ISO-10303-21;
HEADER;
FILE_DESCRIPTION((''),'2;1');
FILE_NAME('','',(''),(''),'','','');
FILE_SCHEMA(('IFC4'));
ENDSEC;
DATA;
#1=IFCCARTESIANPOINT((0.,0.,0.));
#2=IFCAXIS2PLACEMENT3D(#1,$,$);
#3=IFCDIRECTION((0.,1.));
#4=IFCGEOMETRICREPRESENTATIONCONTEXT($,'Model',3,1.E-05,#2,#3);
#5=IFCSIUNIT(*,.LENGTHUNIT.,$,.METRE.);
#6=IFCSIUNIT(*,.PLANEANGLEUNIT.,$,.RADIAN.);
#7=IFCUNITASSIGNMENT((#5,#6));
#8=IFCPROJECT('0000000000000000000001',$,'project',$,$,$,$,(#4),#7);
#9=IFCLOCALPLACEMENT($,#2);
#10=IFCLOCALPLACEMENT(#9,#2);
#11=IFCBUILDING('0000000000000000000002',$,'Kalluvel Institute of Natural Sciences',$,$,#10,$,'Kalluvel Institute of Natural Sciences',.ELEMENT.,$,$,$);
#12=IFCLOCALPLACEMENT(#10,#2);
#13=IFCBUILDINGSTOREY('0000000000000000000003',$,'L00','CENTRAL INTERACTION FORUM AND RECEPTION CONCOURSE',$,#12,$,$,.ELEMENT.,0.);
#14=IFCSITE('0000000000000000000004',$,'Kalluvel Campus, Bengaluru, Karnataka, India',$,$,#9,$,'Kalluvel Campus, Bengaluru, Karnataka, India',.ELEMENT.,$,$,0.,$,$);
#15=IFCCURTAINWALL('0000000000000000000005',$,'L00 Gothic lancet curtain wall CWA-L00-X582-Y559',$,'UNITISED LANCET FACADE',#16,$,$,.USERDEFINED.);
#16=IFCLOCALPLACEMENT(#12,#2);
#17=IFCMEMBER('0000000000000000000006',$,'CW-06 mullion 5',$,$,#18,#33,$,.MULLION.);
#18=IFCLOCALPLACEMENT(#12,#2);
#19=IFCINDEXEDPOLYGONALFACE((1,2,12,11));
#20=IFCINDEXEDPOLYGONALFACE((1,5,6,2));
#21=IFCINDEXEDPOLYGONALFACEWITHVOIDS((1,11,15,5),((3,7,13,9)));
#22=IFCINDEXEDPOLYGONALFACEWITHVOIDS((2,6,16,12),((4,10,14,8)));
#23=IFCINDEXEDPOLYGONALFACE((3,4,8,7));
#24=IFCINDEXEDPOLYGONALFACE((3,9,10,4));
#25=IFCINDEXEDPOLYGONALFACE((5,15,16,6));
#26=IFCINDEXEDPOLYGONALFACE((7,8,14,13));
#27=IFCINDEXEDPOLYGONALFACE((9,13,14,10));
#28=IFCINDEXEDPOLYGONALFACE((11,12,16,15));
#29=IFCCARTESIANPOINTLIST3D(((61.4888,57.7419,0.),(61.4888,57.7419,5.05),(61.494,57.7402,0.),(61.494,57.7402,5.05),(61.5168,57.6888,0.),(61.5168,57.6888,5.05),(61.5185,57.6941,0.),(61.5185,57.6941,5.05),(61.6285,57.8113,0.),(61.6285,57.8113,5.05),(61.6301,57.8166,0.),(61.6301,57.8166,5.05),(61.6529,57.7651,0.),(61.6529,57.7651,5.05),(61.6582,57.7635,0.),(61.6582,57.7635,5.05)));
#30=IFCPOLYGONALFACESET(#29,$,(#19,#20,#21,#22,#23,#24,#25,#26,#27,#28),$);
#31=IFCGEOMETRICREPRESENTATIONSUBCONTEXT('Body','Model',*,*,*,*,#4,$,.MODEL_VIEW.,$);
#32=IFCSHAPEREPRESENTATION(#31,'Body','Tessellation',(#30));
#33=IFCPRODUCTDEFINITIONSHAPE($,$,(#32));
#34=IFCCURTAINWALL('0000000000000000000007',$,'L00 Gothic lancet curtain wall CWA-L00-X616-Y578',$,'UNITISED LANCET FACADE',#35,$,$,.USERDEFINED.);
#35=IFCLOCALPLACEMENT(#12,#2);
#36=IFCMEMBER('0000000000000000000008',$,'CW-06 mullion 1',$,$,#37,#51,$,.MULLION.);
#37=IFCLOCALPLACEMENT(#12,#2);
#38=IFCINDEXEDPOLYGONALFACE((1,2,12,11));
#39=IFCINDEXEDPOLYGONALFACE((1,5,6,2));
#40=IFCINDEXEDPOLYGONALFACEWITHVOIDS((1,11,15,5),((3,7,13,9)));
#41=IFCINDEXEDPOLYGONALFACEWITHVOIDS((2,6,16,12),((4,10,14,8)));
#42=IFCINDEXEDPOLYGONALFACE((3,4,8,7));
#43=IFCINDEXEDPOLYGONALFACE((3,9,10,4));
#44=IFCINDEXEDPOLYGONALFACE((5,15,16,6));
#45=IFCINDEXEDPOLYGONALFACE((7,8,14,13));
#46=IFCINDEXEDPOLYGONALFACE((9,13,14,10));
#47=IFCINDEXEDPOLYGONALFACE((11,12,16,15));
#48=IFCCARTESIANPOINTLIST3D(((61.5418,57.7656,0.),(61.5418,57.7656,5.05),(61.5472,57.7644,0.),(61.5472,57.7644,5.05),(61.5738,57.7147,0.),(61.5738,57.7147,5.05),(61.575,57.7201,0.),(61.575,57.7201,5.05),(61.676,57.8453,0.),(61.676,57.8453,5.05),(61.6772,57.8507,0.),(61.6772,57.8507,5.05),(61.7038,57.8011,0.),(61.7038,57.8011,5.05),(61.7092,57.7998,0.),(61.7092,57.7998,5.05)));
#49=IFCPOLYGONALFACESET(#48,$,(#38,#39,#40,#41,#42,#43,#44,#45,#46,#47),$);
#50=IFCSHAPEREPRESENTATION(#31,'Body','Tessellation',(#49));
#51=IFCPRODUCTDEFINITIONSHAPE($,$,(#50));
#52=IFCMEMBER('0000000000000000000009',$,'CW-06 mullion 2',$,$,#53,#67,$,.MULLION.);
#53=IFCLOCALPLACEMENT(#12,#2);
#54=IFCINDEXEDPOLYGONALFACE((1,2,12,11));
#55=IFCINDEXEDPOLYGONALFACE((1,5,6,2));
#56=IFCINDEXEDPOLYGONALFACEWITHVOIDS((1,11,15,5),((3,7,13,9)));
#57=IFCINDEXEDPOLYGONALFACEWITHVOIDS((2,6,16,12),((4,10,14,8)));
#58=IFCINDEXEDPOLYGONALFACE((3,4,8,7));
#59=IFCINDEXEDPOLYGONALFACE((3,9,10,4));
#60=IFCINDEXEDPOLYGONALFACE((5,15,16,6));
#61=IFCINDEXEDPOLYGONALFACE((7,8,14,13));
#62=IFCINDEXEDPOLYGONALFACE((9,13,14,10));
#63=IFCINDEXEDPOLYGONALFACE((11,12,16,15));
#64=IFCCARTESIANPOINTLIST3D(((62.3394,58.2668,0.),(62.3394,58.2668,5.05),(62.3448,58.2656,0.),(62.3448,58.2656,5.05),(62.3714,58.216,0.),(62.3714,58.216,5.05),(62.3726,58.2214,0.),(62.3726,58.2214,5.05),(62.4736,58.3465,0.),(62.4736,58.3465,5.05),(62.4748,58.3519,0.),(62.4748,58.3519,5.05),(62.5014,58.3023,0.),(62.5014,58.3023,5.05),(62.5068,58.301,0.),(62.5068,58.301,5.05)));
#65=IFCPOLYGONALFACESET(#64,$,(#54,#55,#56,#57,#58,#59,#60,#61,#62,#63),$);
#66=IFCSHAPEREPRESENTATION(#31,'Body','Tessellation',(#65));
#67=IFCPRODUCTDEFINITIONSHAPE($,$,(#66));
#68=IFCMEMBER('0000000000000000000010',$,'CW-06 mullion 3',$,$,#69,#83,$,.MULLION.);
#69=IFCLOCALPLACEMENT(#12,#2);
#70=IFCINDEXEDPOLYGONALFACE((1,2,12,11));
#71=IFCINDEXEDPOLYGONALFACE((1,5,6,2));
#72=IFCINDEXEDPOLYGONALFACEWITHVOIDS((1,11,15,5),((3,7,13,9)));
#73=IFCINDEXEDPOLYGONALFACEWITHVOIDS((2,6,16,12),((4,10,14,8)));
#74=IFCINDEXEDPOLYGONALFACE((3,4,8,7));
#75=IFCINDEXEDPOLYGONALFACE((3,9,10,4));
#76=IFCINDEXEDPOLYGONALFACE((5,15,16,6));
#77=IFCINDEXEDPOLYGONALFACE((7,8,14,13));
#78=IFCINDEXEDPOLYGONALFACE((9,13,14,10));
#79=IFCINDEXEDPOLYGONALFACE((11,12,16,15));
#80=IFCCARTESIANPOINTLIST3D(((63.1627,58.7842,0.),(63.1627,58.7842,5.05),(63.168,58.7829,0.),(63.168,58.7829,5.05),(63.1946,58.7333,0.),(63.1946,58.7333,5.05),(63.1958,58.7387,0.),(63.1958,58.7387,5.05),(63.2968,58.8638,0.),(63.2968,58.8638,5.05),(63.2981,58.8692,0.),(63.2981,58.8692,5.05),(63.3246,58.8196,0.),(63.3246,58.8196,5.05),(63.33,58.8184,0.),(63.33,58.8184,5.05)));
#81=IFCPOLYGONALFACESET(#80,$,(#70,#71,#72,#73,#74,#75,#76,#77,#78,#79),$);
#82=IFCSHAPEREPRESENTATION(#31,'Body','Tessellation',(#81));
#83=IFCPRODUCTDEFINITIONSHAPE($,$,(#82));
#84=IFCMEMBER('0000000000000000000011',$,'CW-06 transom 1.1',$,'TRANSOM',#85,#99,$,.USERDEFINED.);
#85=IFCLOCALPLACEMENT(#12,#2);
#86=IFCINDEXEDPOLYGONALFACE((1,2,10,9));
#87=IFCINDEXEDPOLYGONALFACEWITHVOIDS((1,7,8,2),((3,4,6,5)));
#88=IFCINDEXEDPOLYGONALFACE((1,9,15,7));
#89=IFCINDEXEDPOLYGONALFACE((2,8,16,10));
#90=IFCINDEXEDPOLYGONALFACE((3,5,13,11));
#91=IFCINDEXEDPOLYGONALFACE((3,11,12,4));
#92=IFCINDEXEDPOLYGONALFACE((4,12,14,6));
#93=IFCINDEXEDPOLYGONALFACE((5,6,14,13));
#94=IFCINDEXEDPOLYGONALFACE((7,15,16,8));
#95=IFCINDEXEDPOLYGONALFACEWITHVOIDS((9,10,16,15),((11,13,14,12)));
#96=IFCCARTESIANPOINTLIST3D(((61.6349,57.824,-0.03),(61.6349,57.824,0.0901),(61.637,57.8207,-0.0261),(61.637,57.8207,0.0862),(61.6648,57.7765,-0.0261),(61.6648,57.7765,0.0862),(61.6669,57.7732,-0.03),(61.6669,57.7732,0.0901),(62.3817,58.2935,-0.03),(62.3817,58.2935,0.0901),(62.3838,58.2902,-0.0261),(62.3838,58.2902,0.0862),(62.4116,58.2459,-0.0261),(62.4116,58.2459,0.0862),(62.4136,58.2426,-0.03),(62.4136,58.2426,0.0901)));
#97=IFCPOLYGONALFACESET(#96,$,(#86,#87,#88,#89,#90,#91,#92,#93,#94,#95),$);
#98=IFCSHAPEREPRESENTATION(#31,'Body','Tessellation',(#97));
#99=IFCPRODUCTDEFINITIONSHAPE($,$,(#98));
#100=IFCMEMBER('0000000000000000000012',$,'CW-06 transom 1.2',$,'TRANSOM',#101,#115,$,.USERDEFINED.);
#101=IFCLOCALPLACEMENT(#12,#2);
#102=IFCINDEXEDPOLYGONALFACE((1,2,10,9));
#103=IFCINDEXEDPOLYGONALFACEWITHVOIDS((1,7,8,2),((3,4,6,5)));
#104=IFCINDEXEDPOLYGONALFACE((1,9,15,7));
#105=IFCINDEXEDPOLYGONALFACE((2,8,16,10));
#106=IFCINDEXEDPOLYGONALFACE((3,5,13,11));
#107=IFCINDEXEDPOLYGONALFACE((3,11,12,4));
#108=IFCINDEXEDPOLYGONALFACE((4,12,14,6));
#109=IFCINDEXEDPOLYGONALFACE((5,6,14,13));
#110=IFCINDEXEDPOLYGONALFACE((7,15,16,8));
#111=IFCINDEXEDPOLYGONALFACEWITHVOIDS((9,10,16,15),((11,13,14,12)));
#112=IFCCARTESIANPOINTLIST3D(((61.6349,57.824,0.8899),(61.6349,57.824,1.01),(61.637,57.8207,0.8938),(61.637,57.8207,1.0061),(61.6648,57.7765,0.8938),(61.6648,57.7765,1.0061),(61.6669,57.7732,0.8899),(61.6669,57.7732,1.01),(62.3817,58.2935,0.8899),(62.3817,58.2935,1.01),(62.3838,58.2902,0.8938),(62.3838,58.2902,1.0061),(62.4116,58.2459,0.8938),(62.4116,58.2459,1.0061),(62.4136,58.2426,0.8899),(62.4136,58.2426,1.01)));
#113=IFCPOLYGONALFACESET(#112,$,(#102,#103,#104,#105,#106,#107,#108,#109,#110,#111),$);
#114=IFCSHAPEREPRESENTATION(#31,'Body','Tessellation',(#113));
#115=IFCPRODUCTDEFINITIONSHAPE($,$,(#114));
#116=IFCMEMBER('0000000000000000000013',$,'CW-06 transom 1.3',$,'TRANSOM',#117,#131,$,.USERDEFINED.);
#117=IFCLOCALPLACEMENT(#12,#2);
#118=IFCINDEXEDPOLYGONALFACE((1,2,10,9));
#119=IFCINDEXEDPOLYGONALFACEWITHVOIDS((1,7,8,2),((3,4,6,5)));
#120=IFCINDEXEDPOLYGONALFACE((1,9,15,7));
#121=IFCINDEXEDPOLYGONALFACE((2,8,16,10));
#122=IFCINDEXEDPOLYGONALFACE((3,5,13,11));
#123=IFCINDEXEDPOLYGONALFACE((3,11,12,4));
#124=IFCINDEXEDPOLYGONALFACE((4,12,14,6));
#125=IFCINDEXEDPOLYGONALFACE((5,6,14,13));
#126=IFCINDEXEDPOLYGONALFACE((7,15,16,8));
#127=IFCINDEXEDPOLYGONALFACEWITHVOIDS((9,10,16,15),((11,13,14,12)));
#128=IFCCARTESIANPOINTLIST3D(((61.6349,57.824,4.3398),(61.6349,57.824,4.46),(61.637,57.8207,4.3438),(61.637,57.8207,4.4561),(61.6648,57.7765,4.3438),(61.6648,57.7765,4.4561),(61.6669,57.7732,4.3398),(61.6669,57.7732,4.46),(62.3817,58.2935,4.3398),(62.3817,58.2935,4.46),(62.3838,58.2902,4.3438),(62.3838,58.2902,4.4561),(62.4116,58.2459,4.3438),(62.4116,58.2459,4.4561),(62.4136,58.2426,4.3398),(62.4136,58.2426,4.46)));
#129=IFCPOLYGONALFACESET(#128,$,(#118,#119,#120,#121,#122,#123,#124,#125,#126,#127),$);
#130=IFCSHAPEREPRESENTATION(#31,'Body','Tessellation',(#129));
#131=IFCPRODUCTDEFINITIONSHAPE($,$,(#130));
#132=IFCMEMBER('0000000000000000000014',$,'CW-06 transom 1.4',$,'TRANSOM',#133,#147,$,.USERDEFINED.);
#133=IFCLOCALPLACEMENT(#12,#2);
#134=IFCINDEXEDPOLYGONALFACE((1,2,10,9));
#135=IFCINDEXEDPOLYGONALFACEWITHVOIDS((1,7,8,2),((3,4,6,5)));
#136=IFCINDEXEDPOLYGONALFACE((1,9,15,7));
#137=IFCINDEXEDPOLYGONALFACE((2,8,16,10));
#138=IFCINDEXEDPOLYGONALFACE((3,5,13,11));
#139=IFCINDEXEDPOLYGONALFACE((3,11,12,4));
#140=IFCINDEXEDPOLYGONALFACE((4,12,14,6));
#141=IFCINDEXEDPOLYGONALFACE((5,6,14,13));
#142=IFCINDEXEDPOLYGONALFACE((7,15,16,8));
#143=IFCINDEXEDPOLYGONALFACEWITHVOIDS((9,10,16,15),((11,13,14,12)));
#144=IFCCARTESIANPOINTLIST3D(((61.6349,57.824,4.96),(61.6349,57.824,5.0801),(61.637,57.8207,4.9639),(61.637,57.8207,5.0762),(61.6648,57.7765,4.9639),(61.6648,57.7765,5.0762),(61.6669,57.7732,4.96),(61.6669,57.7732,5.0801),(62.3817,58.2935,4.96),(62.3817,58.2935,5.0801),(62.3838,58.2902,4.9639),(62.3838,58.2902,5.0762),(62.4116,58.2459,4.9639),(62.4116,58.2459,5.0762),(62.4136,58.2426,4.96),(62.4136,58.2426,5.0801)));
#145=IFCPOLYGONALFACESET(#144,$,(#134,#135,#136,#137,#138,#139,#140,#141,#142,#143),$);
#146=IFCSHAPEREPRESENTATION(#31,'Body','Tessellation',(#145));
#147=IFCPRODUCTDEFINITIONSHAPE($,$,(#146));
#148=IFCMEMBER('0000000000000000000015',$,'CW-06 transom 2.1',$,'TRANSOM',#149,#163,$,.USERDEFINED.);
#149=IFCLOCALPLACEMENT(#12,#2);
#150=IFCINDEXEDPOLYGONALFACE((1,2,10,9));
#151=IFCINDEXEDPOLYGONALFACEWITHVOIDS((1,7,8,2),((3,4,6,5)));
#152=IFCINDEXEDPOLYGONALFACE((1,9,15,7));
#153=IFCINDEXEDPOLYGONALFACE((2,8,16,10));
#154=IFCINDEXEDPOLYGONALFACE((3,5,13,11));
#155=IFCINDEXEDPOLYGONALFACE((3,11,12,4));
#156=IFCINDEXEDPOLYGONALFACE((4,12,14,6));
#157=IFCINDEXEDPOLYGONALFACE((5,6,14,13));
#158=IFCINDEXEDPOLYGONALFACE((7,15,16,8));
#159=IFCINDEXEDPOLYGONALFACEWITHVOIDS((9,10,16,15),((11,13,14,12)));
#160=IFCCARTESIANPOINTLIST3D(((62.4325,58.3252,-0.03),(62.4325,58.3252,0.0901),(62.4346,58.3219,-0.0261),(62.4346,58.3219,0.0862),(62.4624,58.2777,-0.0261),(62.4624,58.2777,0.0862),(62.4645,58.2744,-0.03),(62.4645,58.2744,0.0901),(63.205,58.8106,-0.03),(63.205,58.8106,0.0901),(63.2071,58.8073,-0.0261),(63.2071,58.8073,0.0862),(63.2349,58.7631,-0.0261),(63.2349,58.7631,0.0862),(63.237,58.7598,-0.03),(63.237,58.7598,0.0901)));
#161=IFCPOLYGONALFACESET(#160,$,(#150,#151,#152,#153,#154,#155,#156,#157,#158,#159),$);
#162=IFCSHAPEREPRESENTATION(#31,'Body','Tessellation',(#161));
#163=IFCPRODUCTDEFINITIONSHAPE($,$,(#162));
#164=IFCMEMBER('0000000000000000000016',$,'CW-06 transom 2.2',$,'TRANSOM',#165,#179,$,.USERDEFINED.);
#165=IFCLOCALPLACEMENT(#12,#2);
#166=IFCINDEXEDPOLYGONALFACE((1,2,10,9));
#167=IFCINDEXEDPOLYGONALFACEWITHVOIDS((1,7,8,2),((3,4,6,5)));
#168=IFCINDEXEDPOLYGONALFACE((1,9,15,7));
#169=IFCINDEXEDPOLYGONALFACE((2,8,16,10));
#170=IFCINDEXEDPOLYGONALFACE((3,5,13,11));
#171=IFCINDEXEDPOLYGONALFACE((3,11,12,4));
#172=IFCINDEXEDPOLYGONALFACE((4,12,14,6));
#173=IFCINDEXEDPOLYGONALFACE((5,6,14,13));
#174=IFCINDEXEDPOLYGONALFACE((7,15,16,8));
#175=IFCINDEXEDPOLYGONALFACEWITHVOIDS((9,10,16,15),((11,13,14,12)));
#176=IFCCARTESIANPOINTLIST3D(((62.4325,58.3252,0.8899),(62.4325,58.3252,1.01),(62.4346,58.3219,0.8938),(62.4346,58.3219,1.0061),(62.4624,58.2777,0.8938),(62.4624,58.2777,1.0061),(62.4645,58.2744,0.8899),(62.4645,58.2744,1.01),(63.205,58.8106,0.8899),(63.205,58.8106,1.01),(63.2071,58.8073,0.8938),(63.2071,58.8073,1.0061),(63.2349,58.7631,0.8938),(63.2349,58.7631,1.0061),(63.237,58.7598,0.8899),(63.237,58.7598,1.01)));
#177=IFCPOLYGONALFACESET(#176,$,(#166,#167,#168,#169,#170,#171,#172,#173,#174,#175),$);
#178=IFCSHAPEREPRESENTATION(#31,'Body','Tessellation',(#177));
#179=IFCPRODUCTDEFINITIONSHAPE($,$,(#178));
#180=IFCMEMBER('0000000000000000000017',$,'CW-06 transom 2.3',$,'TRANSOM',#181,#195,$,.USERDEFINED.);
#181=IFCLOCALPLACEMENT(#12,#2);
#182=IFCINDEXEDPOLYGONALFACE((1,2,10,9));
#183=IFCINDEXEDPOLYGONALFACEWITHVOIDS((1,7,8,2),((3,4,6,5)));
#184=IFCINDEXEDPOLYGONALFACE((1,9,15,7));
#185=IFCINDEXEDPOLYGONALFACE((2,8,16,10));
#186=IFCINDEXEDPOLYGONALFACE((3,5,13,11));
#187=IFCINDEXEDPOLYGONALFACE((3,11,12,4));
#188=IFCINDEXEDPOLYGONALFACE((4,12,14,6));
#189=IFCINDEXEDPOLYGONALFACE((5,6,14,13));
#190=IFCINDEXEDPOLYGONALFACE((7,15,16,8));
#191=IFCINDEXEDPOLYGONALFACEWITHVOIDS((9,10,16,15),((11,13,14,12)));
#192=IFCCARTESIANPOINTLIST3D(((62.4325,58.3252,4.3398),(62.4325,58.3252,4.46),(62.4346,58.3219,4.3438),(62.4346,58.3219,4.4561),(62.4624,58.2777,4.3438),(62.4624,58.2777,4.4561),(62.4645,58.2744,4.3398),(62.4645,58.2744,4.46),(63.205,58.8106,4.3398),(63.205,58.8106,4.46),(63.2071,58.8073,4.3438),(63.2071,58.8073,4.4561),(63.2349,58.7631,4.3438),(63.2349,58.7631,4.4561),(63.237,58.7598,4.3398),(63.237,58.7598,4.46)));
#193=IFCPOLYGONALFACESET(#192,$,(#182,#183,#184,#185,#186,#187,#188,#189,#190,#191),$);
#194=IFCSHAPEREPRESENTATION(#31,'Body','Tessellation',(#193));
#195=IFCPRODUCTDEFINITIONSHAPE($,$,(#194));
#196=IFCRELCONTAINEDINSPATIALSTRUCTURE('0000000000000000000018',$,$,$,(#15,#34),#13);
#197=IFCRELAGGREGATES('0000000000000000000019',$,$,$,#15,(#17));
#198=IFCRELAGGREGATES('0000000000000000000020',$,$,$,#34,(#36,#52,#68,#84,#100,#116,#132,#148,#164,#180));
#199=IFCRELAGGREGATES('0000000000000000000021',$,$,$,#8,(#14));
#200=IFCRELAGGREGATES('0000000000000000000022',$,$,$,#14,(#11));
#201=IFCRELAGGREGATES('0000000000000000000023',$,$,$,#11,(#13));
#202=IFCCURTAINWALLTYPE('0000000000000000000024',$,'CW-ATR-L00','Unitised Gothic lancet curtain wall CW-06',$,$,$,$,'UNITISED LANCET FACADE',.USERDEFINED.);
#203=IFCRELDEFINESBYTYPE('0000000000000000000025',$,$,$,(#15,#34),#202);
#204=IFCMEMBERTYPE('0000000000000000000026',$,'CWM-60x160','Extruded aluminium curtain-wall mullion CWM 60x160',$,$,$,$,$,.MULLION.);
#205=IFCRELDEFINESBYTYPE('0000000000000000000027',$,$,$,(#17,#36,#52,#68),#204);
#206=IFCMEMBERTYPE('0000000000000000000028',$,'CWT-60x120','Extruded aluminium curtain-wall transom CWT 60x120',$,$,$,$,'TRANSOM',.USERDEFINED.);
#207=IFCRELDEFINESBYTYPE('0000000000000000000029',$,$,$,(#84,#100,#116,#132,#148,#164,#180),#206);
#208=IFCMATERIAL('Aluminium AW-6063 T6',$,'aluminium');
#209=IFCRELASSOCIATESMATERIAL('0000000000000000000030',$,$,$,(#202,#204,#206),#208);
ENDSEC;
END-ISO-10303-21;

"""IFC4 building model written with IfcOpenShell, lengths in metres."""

from ifc_helpers import new_model, si_unit, direction, frame, origin, origin_2d, place, context, subcontext, project, spatial, hollow_rectangle, extrude, material, material_profile, profile_set, type_object, element, aggregate, save


model = new_model("IFC4")

# Units and contexts
model_context = context("Model", 3, precision=1e-05, world=origin(), true_north=direction((0.0, 1.0)))
body_context = subcontext(model_context, "Body", "Model", "MODEL_VIEW")
ifc_project = project(units=[si_unit("LENGTHUNIT", "METRE"), si_unit("PLANEANGLEUNIT", "RADIAN")], contexts=[model_context])

# Site, building, storey
site_placement = place(None, origin())
site = spatial("IfcSite", under=ifc_project, at=site_placement, Name="Kalluvel Campus, Bengaluru, Karnataka, India", LongName="Kalluvel Campus, Bengaluru, Karnataka, India", CompositionType="ELEMENT", RefElevation=0.0)
building_placement = place(site_placement, origin())
building = spatial("IfcBuilding", under=site, at=building_placement, Name="Kalluvel Institute of Natural Sciences", LongName="Kalluvel Institute of Natural Sciences", CompositionType="ELEMENT")
storey_placement = place(building_placement, origin())
storey = spatial("IfcBuildingStorey", under=building, at=storey_placement, Name="L00", Description="CENTRAL INTERACTION FORUM AND RECEPTION CONCOURSE", CompositionType="ELEMENT", Elevation=0.0)

# Curtain wall, member
ifc_material_1 = material(Name="Aluminium AW-6063 T6", Category="aluminium")
curtain_wall_type = type_object("IfcCurtainWallType", Name="CW-ATR-L00", Description="Unitised Gothic lancet curtain wall CW-06", ElementType="UNITISED LANCET FACADE", PredefinedType="USERDEFINED", material=ifc_material_1)
curtain_wall_1_placement = place(storey_placement, origin())
curtain_wall_1 = element("IfcCurtainWall", 1, at=curtain_wall_1_placement, inside=storey, type_object=curtain_wall_type, Name="L00 Gothic lancet curtain wall CWA-L00-X582-Y559", ObjectType="UNITISED LANCET FACADE", PredefinedType="USERDEFINED")
ifc_material_profile_1 = material_profile(ifc_material_1, hollow_rectangle(XDim=0.0601, YDim=0.1599, WallThickness=0.0039, at=origin_2d()), Name="CWM 60x160")
ifc_profile_set_1 = profile_set([ifc_material_profile_1], Name="Aluminium AW-6063 T6")
member_type_1 = type_object("IfcMemberType", Name="CWM-60x160", Description="Extruded aluminium curtain-wall mullion CWM 60x160", PredefinedType="MULLION", material=ifc_profile_set_1)
member_1_placement = place(storey_placement, frame((61.5735, 57.7527, 0.0), z_axis=(0.0, 0.0, 1.0), x_axis=(-0.467281, 0.884109, 0.0)))
member_1 = element("IfcMember", 2, at=member_1_placement, type_object=member_type_1, Name="CW-06 mullion 5", PredefinedType="MULLION", context=body_context, shape_type="SweptSolid", body=[
    extrude(hollow_rectangle(XDim=0.0601, YDim=0.1599, WallThickness=0.0039, at=origin_2d()), origin(), (0.0, 0.0, 1.0), 5.05),
])

# Curtain wall, members
curtain_wall_2_placement = place(storey_placement, origin())
curtain_wall_2 = element("IfcCurtainWall", 3, at=curtain_wall_2_placement, inside=storey, type_object=curtain_wall_type, Name="L00 Gothic lancet curtain wall CWA-L00-X616-Y578", ObjectType="UNITISED LANCET FACADE", PredefinedType="USERDEFINED")
member_2_placement = place(storey_placement, frame((61.6255, 57.7827, 0.0), z_axis=(0.0, 0.0, 1.0), x_axis=(-0.532036, 0.846722, 0.0)))
member_2 = element("IfcMember", 4, at=member_2_placement, type_object=member_type_1, Name="CW-06 mullion 1", PredefinedType="MULLION", context=body_context, shape_type="SweptSolid", body=[
    extrude(hollow_rectangle(XDim=0.0601, YDim=0.1599, WallThickness=0.0039, at=origin_2d()), origin(), (0.0, 0.0, 1.0), 5.05),
])
member_3_placement = place(storey_placement, frame((62.4231, 58.2839, 0.0), z_axis=(0.0, 0.0, 1.0), x_axis=(-0.532036, 0.846722, 0.0)))
member_3 = element("IfcMember", 5, at=member_3_placement, type_object=member_type_1, Name="CW-06 mullion 2", PredefinedType="MULLION", context=body_context, shape_type="SweptSolid", body=[
    extrude(hollow_rectangle(XDim=0.0601, YDim=0.1599, WallThickness=0.0039, at=origin_2d()), origin(), (0.0, 0.0, 1.0), 5.05),
])
member_4_placement = place(storey_placement, frame((63.2463, 58.8013, 0.0), z_axis=(0.0, 0.0, 1.0), x_axis=(-0.532036, 0.846722, 0.0)))
member_4 = element("IfcMember", 6, at=member_4_placement, type_object=member_type_1, Name="CW-06 mullion 3", PredefinedType="MULLION", context=body_context, shape_type="SweptSolid", body=[
    extrude(hollow_rectangle(XDim=0.0601, YDim=0.1599, WallThickness=0.0039, at=origin_2d()), origin(), (0.0, 0.0, 1.0), 5.05),
])
ifc_material_profile_2 = material_profile(ifc_material_1, hollow_rectangle(XDim=0.0601, YDim=0.1201, WallThickness=0.0039, at=origin_2d()), Name="CWT 60x120")
ifc_profile_set_2 = profile_set([ifc_material_profile_2], Name="Aluminium AW-6063 T6")
member_type_2 = type_object("IfcMemberType", Name="CWT-60x120", Description="Extruded aluminium curtain-wall transom CWT 60x120", ElementType="TRANSOM", PredefinedType="USERDEFINED", material=ifc_profile_set_2)
member_5_placement = place(storey_placement, frame((61.6509, 57.7986, 0.03), z_axis=(0.846612, 0.532211, 0.0), x_axis=(-0.532211, 0.846612, 0.0)))
member_5 = element("IfcMember", 7, at=member_5_placement, type_object=member_type_2, Name="CW-06 transom 1.1", ObjectType="TRANSOM", PredefinedType="USERDEFINED", context=body_context, shape_type="SweptSolid", body=[
    extrude(hollow_rectangle(XDim=0.0601, YDim=0.1201, WallThickness=0.0039, at=origin_2d()), origin(), (0.0, 0.0, 1.0), 0.8821),
])
member_6_placement = place(storey_placement, frame((61.6509, 57.7986, 0.95), z_axis=(0.846612, 0.532211, 0.0), x_axis=(-0.532211, 0.846612, 0.0)))
member_6 = element("IfcMember", 8, at=member_6_placement, type_object=member_type_2, Name="CW-06 transom 1.2", ObjectType="TRANSOM", PredefinedType="USERDEFINED", context=body_context, shape_type="SweptSolid", body=[
    extrude(hollow_rectangle(XDim=0.0601, YDim=0.1201, WallThickness=0.0039, at=origin_2d()), origin(), (0.0, 0.0, 1.0), 0.8821),
])
member_7_placement = place(storey_placement, frame((61.6509, 57.7986, 4.3999), z_axis=(0.846612, 0.532211, 0.0), x_axis=(-0.532211, 0.846612, 0.0)))
member_7 = element("IfcMember", 9, at=member_7_placement, type_object=member_type_2, Name="CW-06 transom 1.3", ObjectType="TRANSOM", PredefinedType="USERDEFINED", context=body_context, shape_type="SweptSolid", body=[
    extrude(hollow_rectangle(XDim=0.0601, YDim=0.1201, WallThickness=0.0039, at=origin_2d()), origin(), (0.0, 0.0, 1.0), 0.8821),
])
member_8_placement = place(storey_placement, frame((61.6509, 57.7986, 5.02), z_axis=(0.846612, 0.532211, 0.0), x_axis=(-0.532211, 0.846612, 0.0)))
member_8 = element("IfcMember", 10, at=member_8_placement, type_object=member_type_2, Name="CW-06 transom 1.4", ObjectType="TRANSOM", PredefinedType="USERDEFINED", context=body_context, shape_type="SweptSolid", body=[
    extrude(hollow_rectangle(XDim=0.0601, YDim=0.1201, WallThickness=0.0039, at=origin_2d()), origin(), (0.0, 0.0, 1.0), 0.8821),
])
member_9_placement = place(storey_placement, frame((62.4485, 58.2998, 0.03), z_axis=(0.846733, 0.532018, 0.0), x_axis=(-0.532018, 0.846733, 0.0)))
member_9 = element("IfcMember", 11, at=member_9_placement, type_object=member_type_2, Name="CW-06 transom 2.1", ObjectType="TRANSOM", PredefinedType="USERDEFINED", context=body_context, shape_type="SweptSolid", body=[
    extrude(hollow_rectangle(XDim=0.0601, YDim=0.1201, WallThickness=0.0039, at=origin_2d()), origin(), (0.0, 0.0, 1.0), 0.9124),
])
member_10_placement = place(storey_placement, frame((62.4485, 58.2998, 0.95), z_axis=(0.846733, 0.532018, 0.0), x_axis=(-0.532018, 0.846733, 0.0)))
member_10 = element("IfcMember", 12, at=member_10_placement, type_object=member_type_2, Name="CW-06 transom 2.2", ObjectType="TRANSOM", PredefinedType="USERDEFINED", context=body_context, shape_type="SweptSolid", body=[
    extrude(hollow_rectangle(XDim=0.0601, YDim=0.1201, WallThickness=0.0039, at=origin_2d()), origin(), (0.0, 0.0, 1.0), 0.9124),
])
member_11_placement = place(storey_placement, frame((62.4485, 58.2998, 4.3999), z_axis=(0.846733, 0.532018, 0.0), x_axis=(-0.532018, 0.846733, 0.0)))
member_11 = element("IfcMember", 13, at=member_11_placement, type_object=member_type_2, Name="CW-06 transom 2.3", ObjectType="TRANSOM", PredefinedType="USERDEFINED", context=body_context, shape_type="SweptSolid", body=[
    extrude(hollow_rectangle(XDim=0.0601, YDim=0.1201, WallThickness=0.0039, at=origin_2d()), origin(), (0.0, 0.0, 1.0), 0.9124),
])

aggregate(curtain_wall_1, [member_1])
aggregate(curtain_wall_2, [member_2, member_3, member_4, member_5, member_6, member_7, member_8, member_9, member_10, member_11])

save(model, "model.ifc")
